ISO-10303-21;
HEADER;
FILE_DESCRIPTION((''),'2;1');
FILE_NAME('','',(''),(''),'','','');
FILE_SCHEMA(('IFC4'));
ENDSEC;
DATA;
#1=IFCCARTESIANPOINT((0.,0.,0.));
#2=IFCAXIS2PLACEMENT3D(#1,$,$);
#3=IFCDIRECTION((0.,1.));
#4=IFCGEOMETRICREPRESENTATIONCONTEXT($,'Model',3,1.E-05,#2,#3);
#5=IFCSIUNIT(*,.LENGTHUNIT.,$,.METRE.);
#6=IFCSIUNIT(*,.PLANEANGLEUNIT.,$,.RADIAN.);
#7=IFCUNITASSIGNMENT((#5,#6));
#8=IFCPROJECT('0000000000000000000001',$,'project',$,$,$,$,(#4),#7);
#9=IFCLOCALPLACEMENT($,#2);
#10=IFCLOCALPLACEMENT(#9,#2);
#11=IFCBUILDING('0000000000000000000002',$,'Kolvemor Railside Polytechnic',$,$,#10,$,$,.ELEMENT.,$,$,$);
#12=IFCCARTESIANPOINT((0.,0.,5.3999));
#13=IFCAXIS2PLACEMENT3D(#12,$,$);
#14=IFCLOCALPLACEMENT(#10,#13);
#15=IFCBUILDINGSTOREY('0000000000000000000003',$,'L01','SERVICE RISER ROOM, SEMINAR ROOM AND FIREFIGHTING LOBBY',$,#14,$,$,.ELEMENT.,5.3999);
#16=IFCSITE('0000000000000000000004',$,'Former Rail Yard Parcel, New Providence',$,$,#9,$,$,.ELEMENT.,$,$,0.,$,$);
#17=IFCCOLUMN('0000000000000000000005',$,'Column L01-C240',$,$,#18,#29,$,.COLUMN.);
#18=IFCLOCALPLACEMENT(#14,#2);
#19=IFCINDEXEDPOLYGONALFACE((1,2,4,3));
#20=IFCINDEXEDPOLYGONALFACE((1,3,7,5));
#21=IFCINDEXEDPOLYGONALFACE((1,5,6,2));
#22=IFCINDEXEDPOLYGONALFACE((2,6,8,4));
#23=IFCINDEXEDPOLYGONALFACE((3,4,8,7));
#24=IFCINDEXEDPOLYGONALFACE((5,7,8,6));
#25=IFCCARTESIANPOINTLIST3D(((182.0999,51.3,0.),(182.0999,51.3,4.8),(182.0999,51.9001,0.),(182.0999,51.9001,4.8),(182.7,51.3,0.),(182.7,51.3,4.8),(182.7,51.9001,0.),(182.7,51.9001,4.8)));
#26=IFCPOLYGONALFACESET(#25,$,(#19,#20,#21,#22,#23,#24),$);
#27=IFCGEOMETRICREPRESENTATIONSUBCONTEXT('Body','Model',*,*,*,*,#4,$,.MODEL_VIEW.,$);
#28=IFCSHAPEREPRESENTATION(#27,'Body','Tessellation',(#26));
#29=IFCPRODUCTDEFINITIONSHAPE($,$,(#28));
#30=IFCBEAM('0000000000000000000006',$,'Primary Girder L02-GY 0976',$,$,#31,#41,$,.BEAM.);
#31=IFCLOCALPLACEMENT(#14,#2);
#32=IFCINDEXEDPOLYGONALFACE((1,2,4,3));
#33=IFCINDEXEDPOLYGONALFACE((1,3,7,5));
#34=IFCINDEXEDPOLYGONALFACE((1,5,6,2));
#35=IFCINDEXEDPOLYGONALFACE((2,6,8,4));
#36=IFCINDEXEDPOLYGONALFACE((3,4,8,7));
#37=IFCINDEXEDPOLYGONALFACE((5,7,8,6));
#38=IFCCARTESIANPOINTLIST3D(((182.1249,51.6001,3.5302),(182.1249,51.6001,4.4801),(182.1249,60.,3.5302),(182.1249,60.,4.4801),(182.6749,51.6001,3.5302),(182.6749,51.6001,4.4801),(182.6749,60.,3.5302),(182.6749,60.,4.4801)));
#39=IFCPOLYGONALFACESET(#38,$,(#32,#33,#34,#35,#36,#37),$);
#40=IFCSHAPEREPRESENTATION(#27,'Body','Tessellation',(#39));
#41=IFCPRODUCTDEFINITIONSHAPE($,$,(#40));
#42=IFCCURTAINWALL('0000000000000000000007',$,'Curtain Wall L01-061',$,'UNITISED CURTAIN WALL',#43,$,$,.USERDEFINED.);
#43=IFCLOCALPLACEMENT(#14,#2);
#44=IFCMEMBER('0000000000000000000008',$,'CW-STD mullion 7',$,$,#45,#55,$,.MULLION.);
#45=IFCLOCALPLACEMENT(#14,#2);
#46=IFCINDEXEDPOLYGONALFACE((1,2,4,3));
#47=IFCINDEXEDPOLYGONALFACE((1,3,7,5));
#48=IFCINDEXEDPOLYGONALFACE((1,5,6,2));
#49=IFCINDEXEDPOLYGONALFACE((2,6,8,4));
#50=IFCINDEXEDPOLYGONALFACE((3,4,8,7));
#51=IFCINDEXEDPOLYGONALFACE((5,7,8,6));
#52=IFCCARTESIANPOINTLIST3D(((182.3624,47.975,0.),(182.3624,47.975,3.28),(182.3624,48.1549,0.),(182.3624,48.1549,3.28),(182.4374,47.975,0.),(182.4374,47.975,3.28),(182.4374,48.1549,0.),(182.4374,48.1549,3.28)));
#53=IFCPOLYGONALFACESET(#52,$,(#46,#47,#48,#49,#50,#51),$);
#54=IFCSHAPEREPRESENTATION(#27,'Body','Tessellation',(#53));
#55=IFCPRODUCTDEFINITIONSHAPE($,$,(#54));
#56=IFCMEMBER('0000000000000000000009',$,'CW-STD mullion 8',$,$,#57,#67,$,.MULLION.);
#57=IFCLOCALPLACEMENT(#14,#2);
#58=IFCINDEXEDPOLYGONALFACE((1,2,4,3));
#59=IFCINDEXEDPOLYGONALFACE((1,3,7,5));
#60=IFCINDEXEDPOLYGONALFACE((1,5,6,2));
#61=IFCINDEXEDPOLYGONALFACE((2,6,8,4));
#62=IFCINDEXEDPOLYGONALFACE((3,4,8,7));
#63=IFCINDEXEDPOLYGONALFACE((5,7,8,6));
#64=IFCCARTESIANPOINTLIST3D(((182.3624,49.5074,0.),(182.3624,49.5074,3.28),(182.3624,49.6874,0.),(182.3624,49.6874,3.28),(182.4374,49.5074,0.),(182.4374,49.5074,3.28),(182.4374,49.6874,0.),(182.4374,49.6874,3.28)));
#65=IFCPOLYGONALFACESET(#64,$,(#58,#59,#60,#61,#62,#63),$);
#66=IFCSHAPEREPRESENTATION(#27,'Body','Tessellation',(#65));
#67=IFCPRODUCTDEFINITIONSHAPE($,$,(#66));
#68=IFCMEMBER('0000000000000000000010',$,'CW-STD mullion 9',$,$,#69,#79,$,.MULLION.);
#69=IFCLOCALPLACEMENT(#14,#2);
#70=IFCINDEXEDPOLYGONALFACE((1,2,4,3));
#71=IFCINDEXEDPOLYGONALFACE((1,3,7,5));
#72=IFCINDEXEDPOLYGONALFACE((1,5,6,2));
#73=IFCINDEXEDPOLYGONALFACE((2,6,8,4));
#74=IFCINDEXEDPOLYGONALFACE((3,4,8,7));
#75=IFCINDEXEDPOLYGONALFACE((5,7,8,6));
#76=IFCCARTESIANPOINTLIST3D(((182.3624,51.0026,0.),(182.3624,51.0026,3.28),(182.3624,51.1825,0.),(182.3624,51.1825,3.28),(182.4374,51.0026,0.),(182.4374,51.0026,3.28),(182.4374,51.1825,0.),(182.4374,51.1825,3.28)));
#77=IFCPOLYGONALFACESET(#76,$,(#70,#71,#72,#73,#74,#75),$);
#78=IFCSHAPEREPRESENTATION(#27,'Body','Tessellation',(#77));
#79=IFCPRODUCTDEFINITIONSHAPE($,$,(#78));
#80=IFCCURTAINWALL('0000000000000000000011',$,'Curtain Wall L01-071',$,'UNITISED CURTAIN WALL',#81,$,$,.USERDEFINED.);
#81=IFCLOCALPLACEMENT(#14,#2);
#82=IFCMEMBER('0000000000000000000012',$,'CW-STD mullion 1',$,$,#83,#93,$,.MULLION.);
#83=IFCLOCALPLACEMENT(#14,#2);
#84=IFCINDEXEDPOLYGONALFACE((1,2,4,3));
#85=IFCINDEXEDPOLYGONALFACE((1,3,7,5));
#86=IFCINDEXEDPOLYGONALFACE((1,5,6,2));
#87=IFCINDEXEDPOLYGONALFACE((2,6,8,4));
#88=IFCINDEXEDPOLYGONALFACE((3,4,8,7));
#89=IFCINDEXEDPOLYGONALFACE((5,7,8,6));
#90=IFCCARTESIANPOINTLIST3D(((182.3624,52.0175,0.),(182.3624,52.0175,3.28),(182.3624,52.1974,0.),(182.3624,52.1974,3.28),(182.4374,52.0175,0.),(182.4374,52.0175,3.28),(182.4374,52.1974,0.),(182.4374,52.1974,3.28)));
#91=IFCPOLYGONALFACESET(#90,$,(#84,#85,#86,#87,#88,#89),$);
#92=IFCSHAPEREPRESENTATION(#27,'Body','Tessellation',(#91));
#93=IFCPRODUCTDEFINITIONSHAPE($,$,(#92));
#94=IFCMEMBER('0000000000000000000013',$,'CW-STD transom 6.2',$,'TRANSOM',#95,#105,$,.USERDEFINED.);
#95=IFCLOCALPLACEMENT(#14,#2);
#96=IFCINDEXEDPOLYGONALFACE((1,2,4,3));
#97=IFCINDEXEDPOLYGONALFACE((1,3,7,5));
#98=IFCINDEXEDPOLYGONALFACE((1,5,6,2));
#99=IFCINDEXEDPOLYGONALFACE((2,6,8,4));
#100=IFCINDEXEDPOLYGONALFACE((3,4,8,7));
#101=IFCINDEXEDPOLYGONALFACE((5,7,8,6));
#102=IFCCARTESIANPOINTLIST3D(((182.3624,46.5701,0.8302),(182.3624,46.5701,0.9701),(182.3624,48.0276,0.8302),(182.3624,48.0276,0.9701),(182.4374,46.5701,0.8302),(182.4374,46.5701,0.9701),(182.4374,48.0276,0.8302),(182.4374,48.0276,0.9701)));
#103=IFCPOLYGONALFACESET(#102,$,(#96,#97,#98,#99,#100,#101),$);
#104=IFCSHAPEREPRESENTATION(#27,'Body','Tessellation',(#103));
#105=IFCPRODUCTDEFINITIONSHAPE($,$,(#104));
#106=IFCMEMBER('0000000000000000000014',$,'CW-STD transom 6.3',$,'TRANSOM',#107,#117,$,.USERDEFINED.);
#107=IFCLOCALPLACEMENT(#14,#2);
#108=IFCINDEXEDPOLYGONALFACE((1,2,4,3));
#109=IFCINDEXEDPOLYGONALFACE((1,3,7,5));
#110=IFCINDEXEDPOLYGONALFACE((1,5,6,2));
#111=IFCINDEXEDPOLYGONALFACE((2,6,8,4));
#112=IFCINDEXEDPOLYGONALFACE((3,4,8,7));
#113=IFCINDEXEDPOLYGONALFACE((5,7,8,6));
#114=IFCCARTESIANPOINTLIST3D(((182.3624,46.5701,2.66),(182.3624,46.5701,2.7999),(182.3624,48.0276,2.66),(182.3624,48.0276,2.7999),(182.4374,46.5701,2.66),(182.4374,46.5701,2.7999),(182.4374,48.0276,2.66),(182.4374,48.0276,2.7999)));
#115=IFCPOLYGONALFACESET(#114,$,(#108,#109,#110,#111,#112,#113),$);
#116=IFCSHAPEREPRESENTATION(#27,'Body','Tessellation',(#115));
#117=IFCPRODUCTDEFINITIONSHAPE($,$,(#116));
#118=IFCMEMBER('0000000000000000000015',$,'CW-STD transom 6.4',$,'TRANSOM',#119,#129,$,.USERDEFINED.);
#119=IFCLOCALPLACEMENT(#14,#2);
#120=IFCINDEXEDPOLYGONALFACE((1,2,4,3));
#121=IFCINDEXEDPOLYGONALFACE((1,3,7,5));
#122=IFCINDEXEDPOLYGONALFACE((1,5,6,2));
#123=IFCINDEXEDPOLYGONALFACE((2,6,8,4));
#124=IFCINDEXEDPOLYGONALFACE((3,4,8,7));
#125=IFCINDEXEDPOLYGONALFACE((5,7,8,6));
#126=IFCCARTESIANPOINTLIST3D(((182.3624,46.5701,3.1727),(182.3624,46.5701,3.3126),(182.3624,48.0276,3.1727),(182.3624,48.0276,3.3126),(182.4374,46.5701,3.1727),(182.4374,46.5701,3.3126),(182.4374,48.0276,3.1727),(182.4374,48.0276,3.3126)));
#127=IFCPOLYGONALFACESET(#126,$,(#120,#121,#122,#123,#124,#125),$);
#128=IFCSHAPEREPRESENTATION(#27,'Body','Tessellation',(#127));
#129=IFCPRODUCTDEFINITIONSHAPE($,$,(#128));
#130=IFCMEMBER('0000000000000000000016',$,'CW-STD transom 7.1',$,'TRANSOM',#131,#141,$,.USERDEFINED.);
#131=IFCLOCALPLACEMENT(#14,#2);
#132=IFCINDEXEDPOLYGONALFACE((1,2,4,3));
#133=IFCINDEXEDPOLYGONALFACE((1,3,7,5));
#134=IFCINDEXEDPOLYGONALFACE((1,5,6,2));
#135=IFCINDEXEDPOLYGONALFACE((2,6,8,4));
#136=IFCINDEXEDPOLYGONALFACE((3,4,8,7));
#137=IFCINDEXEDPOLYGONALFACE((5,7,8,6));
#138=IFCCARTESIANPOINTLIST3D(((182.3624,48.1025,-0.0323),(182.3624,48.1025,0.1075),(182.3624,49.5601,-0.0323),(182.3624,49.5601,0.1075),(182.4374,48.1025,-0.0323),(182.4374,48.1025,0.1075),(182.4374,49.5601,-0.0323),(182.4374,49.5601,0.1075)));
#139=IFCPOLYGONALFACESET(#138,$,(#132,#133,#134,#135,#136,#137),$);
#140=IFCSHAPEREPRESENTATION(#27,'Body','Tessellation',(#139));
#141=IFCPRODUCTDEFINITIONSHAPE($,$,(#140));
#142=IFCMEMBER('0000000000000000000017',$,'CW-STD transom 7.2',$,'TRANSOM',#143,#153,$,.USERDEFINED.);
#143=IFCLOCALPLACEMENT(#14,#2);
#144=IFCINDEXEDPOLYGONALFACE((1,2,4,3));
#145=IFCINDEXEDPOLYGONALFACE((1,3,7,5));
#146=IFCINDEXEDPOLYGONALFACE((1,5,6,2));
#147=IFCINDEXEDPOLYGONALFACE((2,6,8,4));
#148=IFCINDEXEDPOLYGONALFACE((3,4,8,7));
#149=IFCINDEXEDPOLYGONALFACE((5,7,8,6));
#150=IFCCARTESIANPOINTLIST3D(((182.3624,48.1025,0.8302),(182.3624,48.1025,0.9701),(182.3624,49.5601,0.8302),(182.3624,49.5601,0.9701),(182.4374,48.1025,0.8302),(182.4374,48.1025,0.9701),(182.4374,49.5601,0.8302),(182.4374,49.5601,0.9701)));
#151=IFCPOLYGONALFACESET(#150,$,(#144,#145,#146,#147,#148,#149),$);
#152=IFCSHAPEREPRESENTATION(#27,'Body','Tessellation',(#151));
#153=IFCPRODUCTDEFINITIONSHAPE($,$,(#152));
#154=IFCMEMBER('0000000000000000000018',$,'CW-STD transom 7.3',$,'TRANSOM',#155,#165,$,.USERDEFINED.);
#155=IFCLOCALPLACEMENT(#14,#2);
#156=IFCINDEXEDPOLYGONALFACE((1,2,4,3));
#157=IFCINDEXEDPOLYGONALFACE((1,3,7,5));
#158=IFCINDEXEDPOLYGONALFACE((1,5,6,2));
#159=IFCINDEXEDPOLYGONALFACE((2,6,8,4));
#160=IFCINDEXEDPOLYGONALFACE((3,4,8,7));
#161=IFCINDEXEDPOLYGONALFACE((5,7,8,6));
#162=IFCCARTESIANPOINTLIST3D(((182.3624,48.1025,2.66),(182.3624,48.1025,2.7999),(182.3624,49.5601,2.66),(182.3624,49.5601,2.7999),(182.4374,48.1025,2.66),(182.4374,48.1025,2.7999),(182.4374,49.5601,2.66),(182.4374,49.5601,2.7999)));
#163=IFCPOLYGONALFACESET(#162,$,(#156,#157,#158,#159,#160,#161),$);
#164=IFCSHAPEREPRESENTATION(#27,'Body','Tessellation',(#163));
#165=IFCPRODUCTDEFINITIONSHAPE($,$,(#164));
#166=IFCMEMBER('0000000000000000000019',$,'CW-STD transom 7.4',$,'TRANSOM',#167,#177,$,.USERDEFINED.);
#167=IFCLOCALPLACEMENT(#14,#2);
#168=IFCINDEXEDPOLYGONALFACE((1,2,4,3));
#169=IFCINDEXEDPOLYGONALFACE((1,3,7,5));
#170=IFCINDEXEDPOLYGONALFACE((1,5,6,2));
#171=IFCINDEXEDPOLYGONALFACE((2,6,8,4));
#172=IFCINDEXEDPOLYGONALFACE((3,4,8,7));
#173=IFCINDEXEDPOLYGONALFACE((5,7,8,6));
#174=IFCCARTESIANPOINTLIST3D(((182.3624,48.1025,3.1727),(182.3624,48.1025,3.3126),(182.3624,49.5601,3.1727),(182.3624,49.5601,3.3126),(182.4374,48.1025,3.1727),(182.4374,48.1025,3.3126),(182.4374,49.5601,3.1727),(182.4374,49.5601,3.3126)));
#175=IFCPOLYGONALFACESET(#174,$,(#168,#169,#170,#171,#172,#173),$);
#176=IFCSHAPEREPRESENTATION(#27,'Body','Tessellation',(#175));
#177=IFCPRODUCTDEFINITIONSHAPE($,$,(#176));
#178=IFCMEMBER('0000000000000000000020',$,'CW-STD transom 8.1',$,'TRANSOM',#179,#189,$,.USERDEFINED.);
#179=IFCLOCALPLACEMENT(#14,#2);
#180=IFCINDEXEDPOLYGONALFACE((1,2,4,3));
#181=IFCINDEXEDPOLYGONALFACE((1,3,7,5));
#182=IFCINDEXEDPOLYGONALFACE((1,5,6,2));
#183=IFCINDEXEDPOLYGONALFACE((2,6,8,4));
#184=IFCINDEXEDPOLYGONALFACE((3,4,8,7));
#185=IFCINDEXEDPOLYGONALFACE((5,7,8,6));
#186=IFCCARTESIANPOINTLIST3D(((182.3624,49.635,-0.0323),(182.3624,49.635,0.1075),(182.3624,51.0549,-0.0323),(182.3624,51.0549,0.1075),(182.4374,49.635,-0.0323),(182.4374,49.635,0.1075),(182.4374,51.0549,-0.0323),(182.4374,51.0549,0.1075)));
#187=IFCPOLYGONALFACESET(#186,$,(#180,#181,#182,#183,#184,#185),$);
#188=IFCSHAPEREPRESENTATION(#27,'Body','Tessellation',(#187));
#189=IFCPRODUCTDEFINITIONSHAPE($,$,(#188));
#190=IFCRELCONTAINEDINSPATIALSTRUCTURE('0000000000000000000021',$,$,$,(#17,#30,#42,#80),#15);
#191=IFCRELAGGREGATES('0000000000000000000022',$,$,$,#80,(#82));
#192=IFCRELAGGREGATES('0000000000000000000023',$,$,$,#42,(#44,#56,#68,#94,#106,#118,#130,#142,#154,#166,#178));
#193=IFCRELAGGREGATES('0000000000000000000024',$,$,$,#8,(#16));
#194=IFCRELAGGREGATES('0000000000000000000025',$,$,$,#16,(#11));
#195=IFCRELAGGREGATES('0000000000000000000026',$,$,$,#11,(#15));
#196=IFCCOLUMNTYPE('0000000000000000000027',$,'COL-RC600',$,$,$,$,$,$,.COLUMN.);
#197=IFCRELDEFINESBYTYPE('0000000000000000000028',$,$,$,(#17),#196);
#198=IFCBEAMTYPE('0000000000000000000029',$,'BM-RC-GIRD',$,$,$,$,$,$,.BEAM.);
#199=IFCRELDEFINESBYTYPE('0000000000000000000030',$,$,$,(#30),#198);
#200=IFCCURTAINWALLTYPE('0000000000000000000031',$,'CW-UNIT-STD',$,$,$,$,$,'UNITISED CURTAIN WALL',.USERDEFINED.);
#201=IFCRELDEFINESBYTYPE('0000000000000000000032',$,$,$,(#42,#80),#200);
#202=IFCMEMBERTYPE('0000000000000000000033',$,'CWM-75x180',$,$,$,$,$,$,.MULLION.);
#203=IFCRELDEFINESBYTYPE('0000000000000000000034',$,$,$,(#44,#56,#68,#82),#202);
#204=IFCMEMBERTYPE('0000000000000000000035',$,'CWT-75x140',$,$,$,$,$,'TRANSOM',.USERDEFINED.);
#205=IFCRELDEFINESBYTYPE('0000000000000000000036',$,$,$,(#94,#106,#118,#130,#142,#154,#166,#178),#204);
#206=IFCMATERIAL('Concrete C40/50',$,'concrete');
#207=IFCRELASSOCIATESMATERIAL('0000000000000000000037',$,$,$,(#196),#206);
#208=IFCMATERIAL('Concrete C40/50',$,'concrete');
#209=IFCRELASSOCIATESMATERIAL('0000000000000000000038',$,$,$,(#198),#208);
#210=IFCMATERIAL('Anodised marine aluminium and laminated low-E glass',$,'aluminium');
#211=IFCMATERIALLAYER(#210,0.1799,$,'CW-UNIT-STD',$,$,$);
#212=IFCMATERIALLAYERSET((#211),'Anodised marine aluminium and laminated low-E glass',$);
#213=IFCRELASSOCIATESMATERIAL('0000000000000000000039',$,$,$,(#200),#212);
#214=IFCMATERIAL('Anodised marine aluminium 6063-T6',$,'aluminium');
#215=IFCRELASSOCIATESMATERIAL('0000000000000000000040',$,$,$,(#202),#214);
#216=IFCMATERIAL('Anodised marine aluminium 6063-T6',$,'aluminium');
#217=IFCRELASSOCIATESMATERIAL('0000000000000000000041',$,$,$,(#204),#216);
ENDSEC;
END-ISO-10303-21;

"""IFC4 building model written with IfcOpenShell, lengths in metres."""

from ifc_helpers import new_model, si_unit, direction, frame, origin, origin_2d, place, context, subcontext, project, spatial, rectangle, extrude, material, layer, layer_set, material_profile, profile_set, type_object, element, aggregate, save


model = new_model("IFC4")

# Units and contexts
model_context = context("Model", 3, precision=1e-05, world=origin(), true_north=direction((0.0, 1.0)))
body_context = subcontext(model_context, "Body", "Model", "MODEL_VIEW")
ifc_project = project(units=[si_unit("LENGTHUNIT", "METRE"), si_unit("PLANEANGLEUNIT", "RADIAN")], contexts=[model_context])

# Site, building, storey
site_placement = place(None, origin())
site = spatial("IfcSite", under=ifc_project, at=site_placement, Name="Former Rail Yard Parcel, New Providence", CompositionType="ELEMENT", RefElevation=0.0)
building_placement = place(site_placement, origin())
building = spatial("IfcBuilding", under=site, at=building_placement, Name="Kolvemor Railside Polytechnic", CompositionType="ELEMENT")
storey_placement = place(building_placement, frame((0.0, 0.0, 5.3999)))
storey = spatial("IfcBuildingStorey", under=building, at=storey_placement, Name="L01", Description="SERVICE RISER ROOM, SEMINAR ROOM AND FIREFIGHTING LOBBY", CompositionType="ELEMENT", Elevation=5.3999)

# Column
ifc_material_1 = material(Name="Concrete C40/50", Category="concrete")
ifc_material_profile_1 = material_profile(ifc_material_1, rectangle(XDim=0.6001, YDim=0.6001, at=origin_2d()), Name="RC600x600")
ifc_profile_set_1 = profile_set([ifc_material_profile_1], Name="Concrete C40/50")
column_type = type_object("IfcColumnType", Name="COL-RC600", PredefinedType="COLUMN", material=ifc_profile_set_1)
column_placement = place(storey_placement, frame((182.3999, 51.6001, 0.0), z_axis=(0.0, 0.0, 1.0), x_axis=(1.0, 0.0, 0.0)))
element("IfcColumn", 1, at=column_placement, inside=storey, type_object=column_type, Name="Column L01-C240", PredefinedType="COLUMN", context=body_context, shape_type="SweptSolid", body=[
    extrude(rectangle(XDim=0.6001, YDim=0.6001, at=origin_2d()), origin(), (0.0, 0.0, 1.0), 4.8),
])

# Beam
ifc_material_2 = material(Name="Concrete C40/50", Category="concrete")
ifc_material_profile_2 = material_profile(ifc_material_2, rectangle(XDim=0.55, YDim=0.95, at=origin_2d()), Name="RC550x950")
ifc_profile_set_2 = profile_set([ifc_material_profile_2], Name="Concrete C40/50")
beam_type = type_object("IfcBeamType", Name="BM-RC-GIRD", PredefinedType="BEAM", material=ifc_profile_set_2)
beam_placement = place(storey_placement, frame((182.3999, 51.6001, 4.0051), z_axis=(0.0, 1.0, 0.0), x_axis=(-1.0, 0.0, 0.0)))
element("IfcBeam", 2, at=beam_placement, inside=storey, type_object=beam_type, Name="Primary Girder L02-GY 0976", PredefinedType="BEAM", context=body_context, shape_type="SweptSolid", body=[
    extrude(rectangle(XDim=0.55, YDim=0.95, at=origin_2d()), origin(), (0.0, 0.0, 1.0), 8.3999),
])

# Curtain wall, members
ifc_material_3 = material(Name="Anodised marine aluminium and laminated low-E glass", Category="aluminium")
ifc_layer_1 = layer(ifc_material_3, 0.1799, Name="CW-UNIT-STD")
ifc_layer_set_1 = layer_set([ifc_layer_1], Name="Anodised marine aluminium and laminated low-E glass")
curtain_wall_type = type_object("IfcCurtainWallType", Name="CW-UNIT-STD", ElementType="UNITISED CURTAIN WALL", PredefinedType="USERDEFINED", material=ifc_layer_set_1)
curtain_wall_1_placement = place(storey_placement, origin())
curtain_wall_1 = element("IfcCurtainWall", 3, at=curtain_wall_1_placement, inside=storey, type_object=curtain_wall_type, Name="Curtain Wall L01-061", ObjectType="UNITISED CURTAIN WALL", PredefinedType="USERDEFINED")
ifc_material_4 = material(Name="Anodised marine aluminium 6063-T6", Category="aluminium")
ifc_material_profile_3 = material_profile(ifc_material_4, rectangle(XDim=0.075, YDim=0.1799, at=origin_2d()), Name="CW-MUL-75x180")
ifc_profile_set_3 = profile_set([ifc_material_profile_3], Name="Anodised marine aluminium 6063-T6")
member_type_1 = type_object("IfcMemberType", Name="CWM-75x180", PredefinedType="MULLION", material=ifc_profile_set_3)
member_1_placement = place(storey_placement, frame((182.3999, 48.0649, 0.0), z_axis=(0.0, 0.0, 1.0), x_axis=(-1.0, 0.0, 0.0)))
member_1 = element("IfcMember", 4, at=member_1_placement, type_object=member_type_1, Name="CW-STD mullion 7", PredefinedType="MULLION", context=body_context, shape_type="SweptSolid", body=[
    extrude(rectangle(XDim=0.075, YDim=0.1799, at=origin_2d()), origin(), (0.0, 0.0, 1.0), 3.28),
])
member_2_placement = place(storey_placement, frame((182.3999, 49.5974, 0.0), z_axis=(0.0, 0.0, 1.0), x_axis=(-1.0, 0.0, 0.0)))
member_2 = element("IfcMember", 5, at=member_2_placement, type_object=member_type_1, Name="CW-STD mullion 8", PredefinedType="MULLION", context=body_context, shape_type="SweptSolid", body=[
    extrude(rectangle(XDim=0.075, YDim=0.1799, at=origin_2d()), origin(), (0.0, 0.0, 1.0), 3.28),
])
member_3_placement = place(storey_placement, frame((182.3999, 51.0925, 0.0), z_axis=(0.0, 0.0, 1.0), x_axis=(-1.0, 0.0, 0.0)))
member_3 = element("IfcMember", 6, at=member_3_placement, type_object=member_type_1, Name="CW-STD mullion 9", PredefinedType="MULLION", context=body_context, shape_type="SweptSolid", body=[
    extrude(rectangle(XDim=0.075, YDim=0.1799, at=origin_2d()), origin(), (0.0, 0.0, 1.0), 3.28),
])

# Curtain wall, member
curtain_wall_2_placement = place(storey_placement, origin())
curtain_wall_2 = element("IfcCurtainWall", 7, at=curtain_wall_2_placement, inside=storey, type_object=curtain_wall_type, Name="Curtain Wall L01-071", ObjectType="UNITISED CURTAIN WALL", PredefinedType="USERDEFINED")
member_4_placement = place(storey_placement, frame((182.3999, 52.1074, 0.0), z_axis=(0.0, 0.0, 1.0), x_axis=(-1.0, 0.0, 0.0)))
member_4 = element("IfcMember", 8, at=member_4_placement, type_object=member_type_1, Name="CW-STD mullion 1", PredefinedType="MULLION", context=body_context, shape_type="SweptSolid", body=[
    extrude(rectangle(XDim=0.075, YDim=0.1799, at=origin_2d()), origin(), (0.0, 0.0, 1.0), 3.28),
])

# Members
ifc_material_5 = material(Name="Anodised marine aluminium 6063-T6", Category="aluminium")
ifc_material_profile_4 = material_profile(ifc_material_5, rectangle(XDim=0.075, YDim=0.1399, at=origin_2d()), Name="CW-TRN-75x140")
ifc_profile_set_4 = profile_set([ifc_material_profile_4], Name="Anodised marine aluminium 6063-T6")
member_type_2 = type_object("IfcMemberType", Name="CWT-75x140", ElementType="TRANSOM", PredefinedType="USERDEFINED", material=ifc_profile_set_4)
member_5_placement = place(storey_placement, frame((182.3999, 46.5701, 0.9001), z_axis=(0.0, 1.0, 0.0), x_axis=(-1.0, 0.0, 0.0)))
member_5 = element("IfcMember", 9, at=member_5_placement, type_object=member_type_2, Name="CW-STD transom 6.2", ObjectType="TRANSOM", PredefinedType="USERDEFINED", context=body_context, shape_type="SweptSolid", body=[
    extrude(rectangle(XDim=0.075, YDim=0.1399, at=origin_2d()), origin(), (0.0, 0.0, 1.0), 1.4575),
])
member_6_placement = place(storey_placement, frame((182.3999, 46.5701, 2.73), z_axis=(0.0, 1.0, 0.0), x_axis=(-1.0, 0.0, 0.0)))
member_6 = element("IfcMember", 10, at=member_6_placement, type_object=member_type_2, Name="CW-STD transom 6.3", ObjectType="TRANSOM", PredefinedType="USERDEFINED", context=body_context, shape_type="SweptSolid", body=[
    extrude(rectangle(XDim=0.075, YDim=0.1399, at=origin_2d()), origin(), (0.0, 0.0, 1.0), 1.4575),
])
member_7_placement = place(storey_placement, frame((182.3999, 46.5701, 3.2427), z_axis=(0.0, 1.0, 0.0), x_axis=(-1.0, 0.0, 0.0)))
member_7 = element("IfcMember", 11, at=member_7_placement, type_object=member_type_2, Name="CW-STD transom 6.4", ObjectType="TRANSOM", PredefinedType="USERDEFINED", context=body_context, shape_type="SweptSolid", body=[
    extrude(rectangle(XDim=0.075, YDim=0.1399, at=origin_2d()), origin(), (0.0, 0.0, 1.0), 1.4575),
])
member_8_placement = place(storey_placement, frame((182.3999, 48.1025, 0.0376), z_axis=(0.0, 1.0, 0.0), x_axis=(-1.0, 0.0, 0.0)))
member_8 = element("IfcMember", 12, at=member_8_placement, type_object=member_type_2, Name="CW-STD transom 7.1", ObjectType="TRANSOM", PredefinedType="USERDEFINED", context=body_context, shape_type="SweptSolid", body=[
    extrude(rectangle(XDim=0.075, YDim=0.1399, at=origin_2d()), origin(), (0.0, 0.0, 1.0), 1.4575),
])
member_9_placement = place(storey_placement, frame((182.3999, 48.1025, 0.9001), z_axis=(0.0, 1.0, 0.0), x_axis=(-1.0, 0.0, 0.0)))
member_9 = element("IfcMember", 13, at=member_9_placement, type_object=member_type_2, Name="CW-STD transom 7.2", ObjectType="TRANSOM", PredefinedType="USERDEFINED", context=body_context, shape_type="SweptSolid", body=[
    extrude(rectangle(XDim=0.075, YDim=0.1399, at=origin_2d()), origin(), (0.0, 0.0, 1.0), 1.4575),
])
member_10_placement = place(storey_placement, frame((182.3999, 48.1025, 2.73), z_axis=(0.0, 1.0, 0.0), x_axis=(-1.0, 0.0, 0.0)))
member_10 = element("IfcMember", 14, at=member_10_placement, type_object=member_type_2, Name="CW-STD transom 7.3", ObjectType="TRANSOM", PredefinedType="USERDEFINED", context=body_context, shape_type="SweptSolid", body=[
    extrude(rectangle(XDim=0.075, YDim=0.1399, at=origin_2d()), origin(), (0.0, 0.0, 1.0), 1.4575),
])
member_11_placement = place(storey_placement, frame((182.3999, 48.1025, 3.2427), z_axis=(0.0, 1.0, 0.0), x_axis=(-1.0, 0.0, 0.0)))
member_11 = element("IfcMember", 15, at=member_11_placement, type_object=member_type_2, Name="CW-STD transom 7.4", ObjectType="TRANSOM", PredefinedType="USERDEFINED", context=body_context, shape_type="SweptSolid", body=[
    extrude(rectangle(XDim=0.075, YDim=0.1399, at=origin_2d()), origin(), (0.0, 0.0, 1.0), 1.4575),
])
member_12_placement = place(storey_placement, frame((182.3999, 49.635, 0.0376), z_axis=(0.0, 1.0, 0.0), x_axis=(-1.0, 0.0, 0.0)))
member_12 = element("IfcMember", 16, at=member_12_placement, type_object=member_type_2, Name="CW-STD transom 8.1", ObjectType="TRANSOM", PredefinedType="USERDEFINED", context=body_context, shape_type="SweptSolid", body=[
    extrude(rectangle(XDim=0.075, YDim=0.1399, at=origin_2d()), origin(), (0.0, 0.0, 1.0), 1.4199),
])
aggregate(curtain_wall_2, [member_4])

aggregate(curtain_wall_1, [member_1, member_2, member_3, member_5, member_6, member_7, member_8, member_9, member_10, member_11, member_12])

save(model, "model.ifc")
